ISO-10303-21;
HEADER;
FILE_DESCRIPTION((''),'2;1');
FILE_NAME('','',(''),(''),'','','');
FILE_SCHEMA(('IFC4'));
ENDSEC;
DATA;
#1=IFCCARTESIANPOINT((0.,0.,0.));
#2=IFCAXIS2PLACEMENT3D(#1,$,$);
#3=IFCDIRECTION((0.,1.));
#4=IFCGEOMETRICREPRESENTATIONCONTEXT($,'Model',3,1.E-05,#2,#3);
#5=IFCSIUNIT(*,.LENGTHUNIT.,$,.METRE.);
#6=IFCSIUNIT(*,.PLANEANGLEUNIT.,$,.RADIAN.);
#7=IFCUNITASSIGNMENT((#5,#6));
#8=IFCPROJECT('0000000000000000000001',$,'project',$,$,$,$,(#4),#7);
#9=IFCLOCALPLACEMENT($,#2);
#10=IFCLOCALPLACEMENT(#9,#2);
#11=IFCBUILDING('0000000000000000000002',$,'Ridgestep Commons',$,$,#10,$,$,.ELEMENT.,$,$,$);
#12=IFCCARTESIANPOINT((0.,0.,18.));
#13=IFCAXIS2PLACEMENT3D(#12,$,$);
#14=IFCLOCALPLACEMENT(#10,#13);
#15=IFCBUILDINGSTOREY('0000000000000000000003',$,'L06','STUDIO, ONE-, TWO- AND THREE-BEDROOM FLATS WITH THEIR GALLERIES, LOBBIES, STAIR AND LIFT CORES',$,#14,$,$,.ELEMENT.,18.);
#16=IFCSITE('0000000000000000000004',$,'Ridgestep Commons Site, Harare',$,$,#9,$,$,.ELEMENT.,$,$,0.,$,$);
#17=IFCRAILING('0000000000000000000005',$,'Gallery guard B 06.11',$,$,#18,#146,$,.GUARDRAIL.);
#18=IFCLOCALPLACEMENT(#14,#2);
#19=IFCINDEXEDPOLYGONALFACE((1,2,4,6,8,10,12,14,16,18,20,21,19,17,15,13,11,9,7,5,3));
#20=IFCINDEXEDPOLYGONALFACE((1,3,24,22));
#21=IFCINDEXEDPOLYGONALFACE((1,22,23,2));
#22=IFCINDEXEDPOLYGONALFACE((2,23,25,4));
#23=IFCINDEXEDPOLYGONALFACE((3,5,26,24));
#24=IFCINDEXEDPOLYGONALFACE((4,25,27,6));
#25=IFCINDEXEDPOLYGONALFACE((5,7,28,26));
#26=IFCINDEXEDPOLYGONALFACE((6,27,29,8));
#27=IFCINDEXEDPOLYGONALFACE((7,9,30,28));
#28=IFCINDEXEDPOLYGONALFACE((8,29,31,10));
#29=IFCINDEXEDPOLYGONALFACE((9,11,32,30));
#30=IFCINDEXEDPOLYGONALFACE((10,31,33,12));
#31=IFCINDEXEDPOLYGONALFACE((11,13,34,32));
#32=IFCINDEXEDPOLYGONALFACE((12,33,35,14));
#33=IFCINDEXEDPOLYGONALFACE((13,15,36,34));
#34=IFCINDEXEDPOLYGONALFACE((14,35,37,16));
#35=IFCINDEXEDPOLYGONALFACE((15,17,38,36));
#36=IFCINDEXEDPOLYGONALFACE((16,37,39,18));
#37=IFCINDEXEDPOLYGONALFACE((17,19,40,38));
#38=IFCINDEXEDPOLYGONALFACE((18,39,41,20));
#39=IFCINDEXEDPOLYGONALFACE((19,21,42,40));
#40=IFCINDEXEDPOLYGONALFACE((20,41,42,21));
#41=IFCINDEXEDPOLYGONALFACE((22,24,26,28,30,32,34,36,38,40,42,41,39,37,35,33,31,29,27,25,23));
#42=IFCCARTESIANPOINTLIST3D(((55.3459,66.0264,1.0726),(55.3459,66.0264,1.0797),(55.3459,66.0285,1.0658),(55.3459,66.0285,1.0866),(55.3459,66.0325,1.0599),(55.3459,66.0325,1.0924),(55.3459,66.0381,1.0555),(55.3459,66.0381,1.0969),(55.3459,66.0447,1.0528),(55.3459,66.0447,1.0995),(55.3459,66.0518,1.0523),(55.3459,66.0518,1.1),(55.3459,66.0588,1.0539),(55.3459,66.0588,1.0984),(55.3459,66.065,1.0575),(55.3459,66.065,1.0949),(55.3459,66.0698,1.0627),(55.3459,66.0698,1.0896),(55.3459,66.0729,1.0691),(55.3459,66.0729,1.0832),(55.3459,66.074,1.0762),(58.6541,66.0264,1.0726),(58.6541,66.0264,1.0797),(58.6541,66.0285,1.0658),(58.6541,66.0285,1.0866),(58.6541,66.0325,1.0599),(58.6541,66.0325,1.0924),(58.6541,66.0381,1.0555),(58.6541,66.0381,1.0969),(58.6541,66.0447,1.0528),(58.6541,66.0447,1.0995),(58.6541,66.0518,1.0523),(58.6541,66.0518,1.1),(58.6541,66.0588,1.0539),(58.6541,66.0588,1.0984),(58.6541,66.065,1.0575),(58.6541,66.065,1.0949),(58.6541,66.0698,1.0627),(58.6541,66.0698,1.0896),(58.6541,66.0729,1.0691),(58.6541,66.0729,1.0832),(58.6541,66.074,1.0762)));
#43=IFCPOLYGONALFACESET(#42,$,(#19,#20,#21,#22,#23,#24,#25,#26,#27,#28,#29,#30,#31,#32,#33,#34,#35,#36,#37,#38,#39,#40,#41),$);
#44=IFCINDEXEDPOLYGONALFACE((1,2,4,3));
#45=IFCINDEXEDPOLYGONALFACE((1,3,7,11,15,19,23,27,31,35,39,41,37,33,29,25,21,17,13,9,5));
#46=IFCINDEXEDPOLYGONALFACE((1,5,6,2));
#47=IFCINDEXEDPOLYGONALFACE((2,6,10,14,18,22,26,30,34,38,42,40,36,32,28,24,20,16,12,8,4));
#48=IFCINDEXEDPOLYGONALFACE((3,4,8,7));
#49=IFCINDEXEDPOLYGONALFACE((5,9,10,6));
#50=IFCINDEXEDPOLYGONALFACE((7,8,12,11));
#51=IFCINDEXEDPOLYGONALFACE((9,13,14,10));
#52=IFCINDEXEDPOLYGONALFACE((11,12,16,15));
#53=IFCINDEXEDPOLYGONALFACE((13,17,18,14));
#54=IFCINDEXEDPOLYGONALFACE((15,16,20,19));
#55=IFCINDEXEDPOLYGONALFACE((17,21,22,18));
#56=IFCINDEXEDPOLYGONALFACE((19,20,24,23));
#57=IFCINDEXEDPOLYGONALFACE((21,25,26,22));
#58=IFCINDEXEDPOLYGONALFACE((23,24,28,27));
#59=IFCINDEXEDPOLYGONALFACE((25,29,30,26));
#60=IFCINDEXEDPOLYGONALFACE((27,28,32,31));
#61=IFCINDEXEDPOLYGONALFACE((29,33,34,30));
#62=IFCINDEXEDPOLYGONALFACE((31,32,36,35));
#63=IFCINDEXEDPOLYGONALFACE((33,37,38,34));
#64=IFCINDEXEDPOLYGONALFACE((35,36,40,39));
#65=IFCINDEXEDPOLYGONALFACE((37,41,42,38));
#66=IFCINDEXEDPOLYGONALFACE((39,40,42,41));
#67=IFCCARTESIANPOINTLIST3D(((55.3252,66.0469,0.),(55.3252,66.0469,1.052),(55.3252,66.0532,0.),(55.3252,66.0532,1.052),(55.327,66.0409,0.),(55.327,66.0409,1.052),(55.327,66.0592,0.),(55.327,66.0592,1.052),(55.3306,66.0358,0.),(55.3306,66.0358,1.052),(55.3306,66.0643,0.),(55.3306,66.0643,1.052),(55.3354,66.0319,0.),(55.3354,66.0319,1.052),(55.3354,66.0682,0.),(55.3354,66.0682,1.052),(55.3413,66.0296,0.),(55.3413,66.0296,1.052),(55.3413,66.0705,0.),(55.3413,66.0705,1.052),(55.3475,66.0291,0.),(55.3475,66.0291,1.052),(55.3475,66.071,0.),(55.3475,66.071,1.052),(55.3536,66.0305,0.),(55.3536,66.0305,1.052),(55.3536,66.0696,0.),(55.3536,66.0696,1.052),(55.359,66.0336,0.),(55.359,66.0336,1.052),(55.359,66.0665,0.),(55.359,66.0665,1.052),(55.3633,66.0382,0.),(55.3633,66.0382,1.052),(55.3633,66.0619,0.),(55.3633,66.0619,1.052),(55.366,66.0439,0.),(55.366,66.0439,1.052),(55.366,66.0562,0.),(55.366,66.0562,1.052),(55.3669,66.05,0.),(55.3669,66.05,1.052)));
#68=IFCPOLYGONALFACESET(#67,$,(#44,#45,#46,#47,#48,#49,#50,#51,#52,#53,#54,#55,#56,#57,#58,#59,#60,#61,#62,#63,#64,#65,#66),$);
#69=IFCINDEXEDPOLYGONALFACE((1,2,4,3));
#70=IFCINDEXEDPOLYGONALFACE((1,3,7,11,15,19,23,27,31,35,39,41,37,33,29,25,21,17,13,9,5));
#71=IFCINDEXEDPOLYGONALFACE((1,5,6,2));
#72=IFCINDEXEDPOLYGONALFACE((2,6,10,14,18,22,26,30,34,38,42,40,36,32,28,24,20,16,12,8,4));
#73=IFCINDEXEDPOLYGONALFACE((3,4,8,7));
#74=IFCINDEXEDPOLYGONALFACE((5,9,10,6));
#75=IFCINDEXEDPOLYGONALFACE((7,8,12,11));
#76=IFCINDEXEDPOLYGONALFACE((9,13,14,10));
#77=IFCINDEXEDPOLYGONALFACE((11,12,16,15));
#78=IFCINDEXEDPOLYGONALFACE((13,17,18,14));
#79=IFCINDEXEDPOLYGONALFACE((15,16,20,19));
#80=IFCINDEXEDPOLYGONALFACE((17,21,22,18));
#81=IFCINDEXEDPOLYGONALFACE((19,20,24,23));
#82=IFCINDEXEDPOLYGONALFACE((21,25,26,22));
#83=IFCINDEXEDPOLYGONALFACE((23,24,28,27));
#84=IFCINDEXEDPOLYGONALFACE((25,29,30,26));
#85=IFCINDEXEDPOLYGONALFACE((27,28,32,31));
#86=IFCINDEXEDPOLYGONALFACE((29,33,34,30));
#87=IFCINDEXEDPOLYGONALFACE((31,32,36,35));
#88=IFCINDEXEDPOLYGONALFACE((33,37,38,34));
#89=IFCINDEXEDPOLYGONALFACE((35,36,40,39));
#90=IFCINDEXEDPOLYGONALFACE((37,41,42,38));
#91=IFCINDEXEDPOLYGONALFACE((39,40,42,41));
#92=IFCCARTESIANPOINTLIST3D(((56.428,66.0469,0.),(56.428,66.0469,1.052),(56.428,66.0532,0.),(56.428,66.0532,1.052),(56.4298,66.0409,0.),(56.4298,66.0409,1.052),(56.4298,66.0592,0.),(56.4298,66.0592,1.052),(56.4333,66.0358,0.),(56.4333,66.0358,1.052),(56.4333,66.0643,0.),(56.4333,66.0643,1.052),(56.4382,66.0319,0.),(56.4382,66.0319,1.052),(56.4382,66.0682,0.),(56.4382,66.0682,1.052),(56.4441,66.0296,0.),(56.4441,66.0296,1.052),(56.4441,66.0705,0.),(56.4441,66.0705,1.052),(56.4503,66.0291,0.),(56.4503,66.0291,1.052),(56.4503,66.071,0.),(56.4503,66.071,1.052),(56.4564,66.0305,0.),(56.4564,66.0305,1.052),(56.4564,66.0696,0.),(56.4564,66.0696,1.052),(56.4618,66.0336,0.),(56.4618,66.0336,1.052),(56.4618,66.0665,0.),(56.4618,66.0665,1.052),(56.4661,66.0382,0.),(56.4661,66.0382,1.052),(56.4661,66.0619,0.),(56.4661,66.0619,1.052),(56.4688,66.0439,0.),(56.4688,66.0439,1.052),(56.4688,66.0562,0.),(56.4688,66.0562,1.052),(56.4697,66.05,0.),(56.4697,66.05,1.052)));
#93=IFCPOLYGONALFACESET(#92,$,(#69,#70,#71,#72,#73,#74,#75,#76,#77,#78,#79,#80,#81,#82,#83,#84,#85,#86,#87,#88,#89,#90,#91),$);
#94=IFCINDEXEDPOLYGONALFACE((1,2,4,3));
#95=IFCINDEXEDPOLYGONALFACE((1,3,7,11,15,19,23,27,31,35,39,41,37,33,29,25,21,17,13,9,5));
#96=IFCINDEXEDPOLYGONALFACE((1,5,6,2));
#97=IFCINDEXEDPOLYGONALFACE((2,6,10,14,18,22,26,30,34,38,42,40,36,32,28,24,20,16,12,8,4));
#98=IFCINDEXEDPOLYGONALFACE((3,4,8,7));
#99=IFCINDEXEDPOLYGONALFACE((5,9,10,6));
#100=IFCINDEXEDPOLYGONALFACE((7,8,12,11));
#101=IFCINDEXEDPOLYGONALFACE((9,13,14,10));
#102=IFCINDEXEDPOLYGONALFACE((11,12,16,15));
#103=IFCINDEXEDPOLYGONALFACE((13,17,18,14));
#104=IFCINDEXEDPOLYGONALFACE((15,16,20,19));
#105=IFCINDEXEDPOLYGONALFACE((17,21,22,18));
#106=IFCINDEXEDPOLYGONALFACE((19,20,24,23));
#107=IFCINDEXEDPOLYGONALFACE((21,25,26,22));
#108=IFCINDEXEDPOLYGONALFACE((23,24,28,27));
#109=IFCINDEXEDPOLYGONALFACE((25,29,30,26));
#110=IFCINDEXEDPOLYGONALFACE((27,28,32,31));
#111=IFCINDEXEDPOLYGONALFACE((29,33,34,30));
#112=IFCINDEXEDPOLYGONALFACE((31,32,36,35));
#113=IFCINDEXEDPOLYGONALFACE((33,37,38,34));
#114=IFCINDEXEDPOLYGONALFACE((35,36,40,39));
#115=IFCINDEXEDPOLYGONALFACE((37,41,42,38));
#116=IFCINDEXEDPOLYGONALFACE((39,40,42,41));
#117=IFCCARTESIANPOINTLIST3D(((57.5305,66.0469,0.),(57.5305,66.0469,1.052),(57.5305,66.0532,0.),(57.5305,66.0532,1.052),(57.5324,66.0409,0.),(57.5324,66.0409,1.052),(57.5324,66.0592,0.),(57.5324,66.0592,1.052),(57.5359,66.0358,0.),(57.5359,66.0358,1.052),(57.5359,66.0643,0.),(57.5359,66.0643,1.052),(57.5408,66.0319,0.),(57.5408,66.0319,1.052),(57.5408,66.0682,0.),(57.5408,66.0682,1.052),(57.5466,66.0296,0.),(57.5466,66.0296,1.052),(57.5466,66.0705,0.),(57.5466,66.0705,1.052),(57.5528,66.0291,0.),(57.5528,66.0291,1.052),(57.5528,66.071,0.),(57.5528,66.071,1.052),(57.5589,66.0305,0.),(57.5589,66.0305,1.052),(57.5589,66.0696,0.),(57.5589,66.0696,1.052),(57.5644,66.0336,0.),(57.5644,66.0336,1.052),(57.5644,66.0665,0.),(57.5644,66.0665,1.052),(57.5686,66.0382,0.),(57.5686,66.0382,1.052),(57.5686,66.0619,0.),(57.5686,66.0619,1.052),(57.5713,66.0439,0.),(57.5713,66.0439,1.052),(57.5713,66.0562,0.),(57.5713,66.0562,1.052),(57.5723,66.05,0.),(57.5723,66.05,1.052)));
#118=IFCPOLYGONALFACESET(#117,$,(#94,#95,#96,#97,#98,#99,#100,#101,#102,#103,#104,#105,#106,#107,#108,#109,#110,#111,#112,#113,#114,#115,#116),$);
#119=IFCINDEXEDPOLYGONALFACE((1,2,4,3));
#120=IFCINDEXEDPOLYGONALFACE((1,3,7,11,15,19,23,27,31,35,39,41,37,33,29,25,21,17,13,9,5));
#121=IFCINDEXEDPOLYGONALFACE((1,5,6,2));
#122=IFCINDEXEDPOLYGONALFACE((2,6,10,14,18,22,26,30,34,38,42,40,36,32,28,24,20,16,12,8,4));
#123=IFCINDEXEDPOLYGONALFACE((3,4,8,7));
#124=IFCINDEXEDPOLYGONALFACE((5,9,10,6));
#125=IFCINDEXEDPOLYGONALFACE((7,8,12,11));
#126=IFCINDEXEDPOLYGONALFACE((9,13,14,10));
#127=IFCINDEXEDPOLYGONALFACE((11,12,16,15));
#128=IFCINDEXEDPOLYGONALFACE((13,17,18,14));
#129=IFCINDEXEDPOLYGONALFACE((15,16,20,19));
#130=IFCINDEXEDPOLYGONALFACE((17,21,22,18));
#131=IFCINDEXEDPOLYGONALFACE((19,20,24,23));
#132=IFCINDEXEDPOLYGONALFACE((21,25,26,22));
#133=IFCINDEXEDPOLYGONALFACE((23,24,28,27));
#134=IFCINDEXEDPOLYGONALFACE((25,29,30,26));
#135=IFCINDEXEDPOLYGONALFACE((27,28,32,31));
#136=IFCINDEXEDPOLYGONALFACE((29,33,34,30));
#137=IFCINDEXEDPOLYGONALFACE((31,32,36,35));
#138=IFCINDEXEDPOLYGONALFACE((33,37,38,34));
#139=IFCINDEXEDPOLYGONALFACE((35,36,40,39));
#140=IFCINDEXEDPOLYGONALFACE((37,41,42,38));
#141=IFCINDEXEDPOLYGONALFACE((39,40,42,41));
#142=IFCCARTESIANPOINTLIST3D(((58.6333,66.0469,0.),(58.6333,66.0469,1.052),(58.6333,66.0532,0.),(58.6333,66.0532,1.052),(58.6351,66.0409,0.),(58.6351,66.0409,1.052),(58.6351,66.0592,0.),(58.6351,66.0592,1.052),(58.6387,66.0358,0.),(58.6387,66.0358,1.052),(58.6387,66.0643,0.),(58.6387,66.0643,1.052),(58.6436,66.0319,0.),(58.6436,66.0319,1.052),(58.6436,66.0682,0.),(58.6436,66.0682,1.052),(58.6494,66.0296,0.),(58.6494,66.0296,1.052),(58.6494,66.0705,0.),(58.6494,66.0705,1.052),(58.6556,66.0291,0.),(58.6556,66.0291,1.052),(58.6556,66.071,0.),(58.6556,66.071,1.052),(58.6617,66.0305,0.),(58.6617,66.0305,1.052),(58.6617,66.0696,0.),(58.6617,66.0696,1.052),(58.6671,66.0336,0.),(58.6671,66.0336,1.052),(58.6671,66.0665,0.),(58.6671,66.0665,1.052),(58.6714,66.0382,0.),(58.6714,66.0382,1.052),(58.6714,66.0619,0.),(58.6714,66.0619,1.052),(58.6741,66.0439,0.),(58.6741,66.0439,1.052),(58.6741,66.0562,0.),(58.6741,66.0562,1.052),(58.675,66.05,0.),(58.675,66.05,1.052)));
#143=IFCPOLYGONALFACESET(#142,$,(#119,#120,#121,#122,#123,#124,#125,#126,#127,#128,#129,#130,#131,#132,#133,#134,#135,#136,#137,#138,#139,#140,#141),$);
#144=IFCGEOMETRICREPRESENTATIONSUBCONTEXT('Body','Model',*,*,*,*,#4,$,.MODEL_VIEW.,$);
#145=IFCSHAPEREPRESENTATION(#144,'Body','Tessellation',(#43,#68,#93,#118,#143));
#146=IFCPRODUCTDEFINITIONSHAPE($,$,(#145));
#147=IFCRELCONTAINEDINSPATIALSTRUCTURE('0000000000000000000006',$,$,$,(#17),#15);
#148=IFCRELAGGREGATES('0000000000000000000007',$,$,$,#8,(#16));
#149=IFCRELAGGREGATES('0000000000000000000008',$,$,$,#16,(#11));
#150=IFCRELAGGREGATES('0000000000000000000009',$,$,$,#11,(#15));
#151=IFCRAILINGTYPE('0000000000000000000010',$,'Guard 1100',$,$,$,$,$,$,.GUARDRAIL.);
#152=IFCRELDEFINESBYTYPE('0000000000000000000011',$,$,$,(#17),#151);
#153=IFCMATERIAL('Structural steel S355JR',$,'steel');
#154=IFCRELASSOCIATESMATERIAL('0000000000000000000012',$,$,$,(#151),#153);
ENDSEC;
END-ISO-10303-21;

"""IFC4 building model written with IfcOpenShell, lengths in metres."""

from ifc_helpers import new_model, si_unit, direction, frame, origin, origin_2d, place, context, subcontext, project, spatial, circle, extrude, material, type_object, element, save


model = new_model("IFC4")

# Units and contexts
model_context = context("Model", 3, precision=1e-05, world=origin(), true_north=direction((0.0, 1.0)))
body_context = subcontext(model_context, "Body", "Model", "MODEL_VIEW")
ifc_project = project(units=[si_unit("LENGTHUNIT", "METRE"), si_unit("PLANEANGLEUNIT", "RADIAN")], contexts=[model_context])

# Site, building, storey
site_placement = place(None, origin())
site = spatial("IfcSite", under=ifc_project, at=site_placement, Name="Ridgestep Commons Site, Harare", CompositionType="ELEMENT", RefElevation=0.0)
building_placement = place(site_placement, origin())
building = spatial("IfcBuilding", under=site, at=building_placement, Name="Ridgestep Commons", CompositionType="ELEMENT")
storey_placement = place(building_placement, frame((0.0, 0.0, 18.0)))
storey = spatial("IfcBuildingStorey", under=building, at=storey_placement, Name="L06", Description="STUDIO, ONE-, TWO- AND THREE-BEDROOM FLATS WITH THEIR GALLERIES, LOBBIES, STAIR AND LIFT CORES", CompositionType="ELEMENT", Elevation=18.0)

# Railing
ifc_material_1 = material(Name="Structural steel S355JR", Category="steel")
railing_type = type_object("IfcRailingType", Name="Guard 1100", PredefinedType="GUARDRAIL", material=ifc_material_1)
railing_1_placement = place(storey_placement, frame((55.3459, 66.05, 0.0)))
element("IfcRailing", 1, at=railing_1_placement, inside=storey, type_object=railing_type, Name="Gallery guard B 06.11", PredefinedType="GUARDRAIL", context=body_context, shape_type="SweptSolid", body=[
    extrude(circle(Radius=0.0239, at=origin_2d()), frame((0.0, 0.0, 1.0762), z_axis=(1.0, 0.0, 0.0), x_axis=(0.0, 1.0, 0.0)), (0.0, 0.0, 1.0), 3.3081),
    extrude(circle(Radius=0.021, at=origin_2d()), origin(), (0.0, 0.0, 1.0), 1.052),
    extrude(circle(Radius=0.021, at=origin_2d()), frame((1.1028, 0.0, 0.0)), (0.0, 0.0, 1.0), 1.052),
    extrude(circle(Radius=0.021, at=origin_2d()), frame((2.2053, 0.0, 0.0)), (0.0, 0.0, 1.0), 1.052),
    extrude(circle(Radius=0.021, at=origin_2d()), frame((3.3081, 0.0, 0.0)), (0.0, 0.0, 1.0), 1.052),
])

save(model, "model.ifc")
